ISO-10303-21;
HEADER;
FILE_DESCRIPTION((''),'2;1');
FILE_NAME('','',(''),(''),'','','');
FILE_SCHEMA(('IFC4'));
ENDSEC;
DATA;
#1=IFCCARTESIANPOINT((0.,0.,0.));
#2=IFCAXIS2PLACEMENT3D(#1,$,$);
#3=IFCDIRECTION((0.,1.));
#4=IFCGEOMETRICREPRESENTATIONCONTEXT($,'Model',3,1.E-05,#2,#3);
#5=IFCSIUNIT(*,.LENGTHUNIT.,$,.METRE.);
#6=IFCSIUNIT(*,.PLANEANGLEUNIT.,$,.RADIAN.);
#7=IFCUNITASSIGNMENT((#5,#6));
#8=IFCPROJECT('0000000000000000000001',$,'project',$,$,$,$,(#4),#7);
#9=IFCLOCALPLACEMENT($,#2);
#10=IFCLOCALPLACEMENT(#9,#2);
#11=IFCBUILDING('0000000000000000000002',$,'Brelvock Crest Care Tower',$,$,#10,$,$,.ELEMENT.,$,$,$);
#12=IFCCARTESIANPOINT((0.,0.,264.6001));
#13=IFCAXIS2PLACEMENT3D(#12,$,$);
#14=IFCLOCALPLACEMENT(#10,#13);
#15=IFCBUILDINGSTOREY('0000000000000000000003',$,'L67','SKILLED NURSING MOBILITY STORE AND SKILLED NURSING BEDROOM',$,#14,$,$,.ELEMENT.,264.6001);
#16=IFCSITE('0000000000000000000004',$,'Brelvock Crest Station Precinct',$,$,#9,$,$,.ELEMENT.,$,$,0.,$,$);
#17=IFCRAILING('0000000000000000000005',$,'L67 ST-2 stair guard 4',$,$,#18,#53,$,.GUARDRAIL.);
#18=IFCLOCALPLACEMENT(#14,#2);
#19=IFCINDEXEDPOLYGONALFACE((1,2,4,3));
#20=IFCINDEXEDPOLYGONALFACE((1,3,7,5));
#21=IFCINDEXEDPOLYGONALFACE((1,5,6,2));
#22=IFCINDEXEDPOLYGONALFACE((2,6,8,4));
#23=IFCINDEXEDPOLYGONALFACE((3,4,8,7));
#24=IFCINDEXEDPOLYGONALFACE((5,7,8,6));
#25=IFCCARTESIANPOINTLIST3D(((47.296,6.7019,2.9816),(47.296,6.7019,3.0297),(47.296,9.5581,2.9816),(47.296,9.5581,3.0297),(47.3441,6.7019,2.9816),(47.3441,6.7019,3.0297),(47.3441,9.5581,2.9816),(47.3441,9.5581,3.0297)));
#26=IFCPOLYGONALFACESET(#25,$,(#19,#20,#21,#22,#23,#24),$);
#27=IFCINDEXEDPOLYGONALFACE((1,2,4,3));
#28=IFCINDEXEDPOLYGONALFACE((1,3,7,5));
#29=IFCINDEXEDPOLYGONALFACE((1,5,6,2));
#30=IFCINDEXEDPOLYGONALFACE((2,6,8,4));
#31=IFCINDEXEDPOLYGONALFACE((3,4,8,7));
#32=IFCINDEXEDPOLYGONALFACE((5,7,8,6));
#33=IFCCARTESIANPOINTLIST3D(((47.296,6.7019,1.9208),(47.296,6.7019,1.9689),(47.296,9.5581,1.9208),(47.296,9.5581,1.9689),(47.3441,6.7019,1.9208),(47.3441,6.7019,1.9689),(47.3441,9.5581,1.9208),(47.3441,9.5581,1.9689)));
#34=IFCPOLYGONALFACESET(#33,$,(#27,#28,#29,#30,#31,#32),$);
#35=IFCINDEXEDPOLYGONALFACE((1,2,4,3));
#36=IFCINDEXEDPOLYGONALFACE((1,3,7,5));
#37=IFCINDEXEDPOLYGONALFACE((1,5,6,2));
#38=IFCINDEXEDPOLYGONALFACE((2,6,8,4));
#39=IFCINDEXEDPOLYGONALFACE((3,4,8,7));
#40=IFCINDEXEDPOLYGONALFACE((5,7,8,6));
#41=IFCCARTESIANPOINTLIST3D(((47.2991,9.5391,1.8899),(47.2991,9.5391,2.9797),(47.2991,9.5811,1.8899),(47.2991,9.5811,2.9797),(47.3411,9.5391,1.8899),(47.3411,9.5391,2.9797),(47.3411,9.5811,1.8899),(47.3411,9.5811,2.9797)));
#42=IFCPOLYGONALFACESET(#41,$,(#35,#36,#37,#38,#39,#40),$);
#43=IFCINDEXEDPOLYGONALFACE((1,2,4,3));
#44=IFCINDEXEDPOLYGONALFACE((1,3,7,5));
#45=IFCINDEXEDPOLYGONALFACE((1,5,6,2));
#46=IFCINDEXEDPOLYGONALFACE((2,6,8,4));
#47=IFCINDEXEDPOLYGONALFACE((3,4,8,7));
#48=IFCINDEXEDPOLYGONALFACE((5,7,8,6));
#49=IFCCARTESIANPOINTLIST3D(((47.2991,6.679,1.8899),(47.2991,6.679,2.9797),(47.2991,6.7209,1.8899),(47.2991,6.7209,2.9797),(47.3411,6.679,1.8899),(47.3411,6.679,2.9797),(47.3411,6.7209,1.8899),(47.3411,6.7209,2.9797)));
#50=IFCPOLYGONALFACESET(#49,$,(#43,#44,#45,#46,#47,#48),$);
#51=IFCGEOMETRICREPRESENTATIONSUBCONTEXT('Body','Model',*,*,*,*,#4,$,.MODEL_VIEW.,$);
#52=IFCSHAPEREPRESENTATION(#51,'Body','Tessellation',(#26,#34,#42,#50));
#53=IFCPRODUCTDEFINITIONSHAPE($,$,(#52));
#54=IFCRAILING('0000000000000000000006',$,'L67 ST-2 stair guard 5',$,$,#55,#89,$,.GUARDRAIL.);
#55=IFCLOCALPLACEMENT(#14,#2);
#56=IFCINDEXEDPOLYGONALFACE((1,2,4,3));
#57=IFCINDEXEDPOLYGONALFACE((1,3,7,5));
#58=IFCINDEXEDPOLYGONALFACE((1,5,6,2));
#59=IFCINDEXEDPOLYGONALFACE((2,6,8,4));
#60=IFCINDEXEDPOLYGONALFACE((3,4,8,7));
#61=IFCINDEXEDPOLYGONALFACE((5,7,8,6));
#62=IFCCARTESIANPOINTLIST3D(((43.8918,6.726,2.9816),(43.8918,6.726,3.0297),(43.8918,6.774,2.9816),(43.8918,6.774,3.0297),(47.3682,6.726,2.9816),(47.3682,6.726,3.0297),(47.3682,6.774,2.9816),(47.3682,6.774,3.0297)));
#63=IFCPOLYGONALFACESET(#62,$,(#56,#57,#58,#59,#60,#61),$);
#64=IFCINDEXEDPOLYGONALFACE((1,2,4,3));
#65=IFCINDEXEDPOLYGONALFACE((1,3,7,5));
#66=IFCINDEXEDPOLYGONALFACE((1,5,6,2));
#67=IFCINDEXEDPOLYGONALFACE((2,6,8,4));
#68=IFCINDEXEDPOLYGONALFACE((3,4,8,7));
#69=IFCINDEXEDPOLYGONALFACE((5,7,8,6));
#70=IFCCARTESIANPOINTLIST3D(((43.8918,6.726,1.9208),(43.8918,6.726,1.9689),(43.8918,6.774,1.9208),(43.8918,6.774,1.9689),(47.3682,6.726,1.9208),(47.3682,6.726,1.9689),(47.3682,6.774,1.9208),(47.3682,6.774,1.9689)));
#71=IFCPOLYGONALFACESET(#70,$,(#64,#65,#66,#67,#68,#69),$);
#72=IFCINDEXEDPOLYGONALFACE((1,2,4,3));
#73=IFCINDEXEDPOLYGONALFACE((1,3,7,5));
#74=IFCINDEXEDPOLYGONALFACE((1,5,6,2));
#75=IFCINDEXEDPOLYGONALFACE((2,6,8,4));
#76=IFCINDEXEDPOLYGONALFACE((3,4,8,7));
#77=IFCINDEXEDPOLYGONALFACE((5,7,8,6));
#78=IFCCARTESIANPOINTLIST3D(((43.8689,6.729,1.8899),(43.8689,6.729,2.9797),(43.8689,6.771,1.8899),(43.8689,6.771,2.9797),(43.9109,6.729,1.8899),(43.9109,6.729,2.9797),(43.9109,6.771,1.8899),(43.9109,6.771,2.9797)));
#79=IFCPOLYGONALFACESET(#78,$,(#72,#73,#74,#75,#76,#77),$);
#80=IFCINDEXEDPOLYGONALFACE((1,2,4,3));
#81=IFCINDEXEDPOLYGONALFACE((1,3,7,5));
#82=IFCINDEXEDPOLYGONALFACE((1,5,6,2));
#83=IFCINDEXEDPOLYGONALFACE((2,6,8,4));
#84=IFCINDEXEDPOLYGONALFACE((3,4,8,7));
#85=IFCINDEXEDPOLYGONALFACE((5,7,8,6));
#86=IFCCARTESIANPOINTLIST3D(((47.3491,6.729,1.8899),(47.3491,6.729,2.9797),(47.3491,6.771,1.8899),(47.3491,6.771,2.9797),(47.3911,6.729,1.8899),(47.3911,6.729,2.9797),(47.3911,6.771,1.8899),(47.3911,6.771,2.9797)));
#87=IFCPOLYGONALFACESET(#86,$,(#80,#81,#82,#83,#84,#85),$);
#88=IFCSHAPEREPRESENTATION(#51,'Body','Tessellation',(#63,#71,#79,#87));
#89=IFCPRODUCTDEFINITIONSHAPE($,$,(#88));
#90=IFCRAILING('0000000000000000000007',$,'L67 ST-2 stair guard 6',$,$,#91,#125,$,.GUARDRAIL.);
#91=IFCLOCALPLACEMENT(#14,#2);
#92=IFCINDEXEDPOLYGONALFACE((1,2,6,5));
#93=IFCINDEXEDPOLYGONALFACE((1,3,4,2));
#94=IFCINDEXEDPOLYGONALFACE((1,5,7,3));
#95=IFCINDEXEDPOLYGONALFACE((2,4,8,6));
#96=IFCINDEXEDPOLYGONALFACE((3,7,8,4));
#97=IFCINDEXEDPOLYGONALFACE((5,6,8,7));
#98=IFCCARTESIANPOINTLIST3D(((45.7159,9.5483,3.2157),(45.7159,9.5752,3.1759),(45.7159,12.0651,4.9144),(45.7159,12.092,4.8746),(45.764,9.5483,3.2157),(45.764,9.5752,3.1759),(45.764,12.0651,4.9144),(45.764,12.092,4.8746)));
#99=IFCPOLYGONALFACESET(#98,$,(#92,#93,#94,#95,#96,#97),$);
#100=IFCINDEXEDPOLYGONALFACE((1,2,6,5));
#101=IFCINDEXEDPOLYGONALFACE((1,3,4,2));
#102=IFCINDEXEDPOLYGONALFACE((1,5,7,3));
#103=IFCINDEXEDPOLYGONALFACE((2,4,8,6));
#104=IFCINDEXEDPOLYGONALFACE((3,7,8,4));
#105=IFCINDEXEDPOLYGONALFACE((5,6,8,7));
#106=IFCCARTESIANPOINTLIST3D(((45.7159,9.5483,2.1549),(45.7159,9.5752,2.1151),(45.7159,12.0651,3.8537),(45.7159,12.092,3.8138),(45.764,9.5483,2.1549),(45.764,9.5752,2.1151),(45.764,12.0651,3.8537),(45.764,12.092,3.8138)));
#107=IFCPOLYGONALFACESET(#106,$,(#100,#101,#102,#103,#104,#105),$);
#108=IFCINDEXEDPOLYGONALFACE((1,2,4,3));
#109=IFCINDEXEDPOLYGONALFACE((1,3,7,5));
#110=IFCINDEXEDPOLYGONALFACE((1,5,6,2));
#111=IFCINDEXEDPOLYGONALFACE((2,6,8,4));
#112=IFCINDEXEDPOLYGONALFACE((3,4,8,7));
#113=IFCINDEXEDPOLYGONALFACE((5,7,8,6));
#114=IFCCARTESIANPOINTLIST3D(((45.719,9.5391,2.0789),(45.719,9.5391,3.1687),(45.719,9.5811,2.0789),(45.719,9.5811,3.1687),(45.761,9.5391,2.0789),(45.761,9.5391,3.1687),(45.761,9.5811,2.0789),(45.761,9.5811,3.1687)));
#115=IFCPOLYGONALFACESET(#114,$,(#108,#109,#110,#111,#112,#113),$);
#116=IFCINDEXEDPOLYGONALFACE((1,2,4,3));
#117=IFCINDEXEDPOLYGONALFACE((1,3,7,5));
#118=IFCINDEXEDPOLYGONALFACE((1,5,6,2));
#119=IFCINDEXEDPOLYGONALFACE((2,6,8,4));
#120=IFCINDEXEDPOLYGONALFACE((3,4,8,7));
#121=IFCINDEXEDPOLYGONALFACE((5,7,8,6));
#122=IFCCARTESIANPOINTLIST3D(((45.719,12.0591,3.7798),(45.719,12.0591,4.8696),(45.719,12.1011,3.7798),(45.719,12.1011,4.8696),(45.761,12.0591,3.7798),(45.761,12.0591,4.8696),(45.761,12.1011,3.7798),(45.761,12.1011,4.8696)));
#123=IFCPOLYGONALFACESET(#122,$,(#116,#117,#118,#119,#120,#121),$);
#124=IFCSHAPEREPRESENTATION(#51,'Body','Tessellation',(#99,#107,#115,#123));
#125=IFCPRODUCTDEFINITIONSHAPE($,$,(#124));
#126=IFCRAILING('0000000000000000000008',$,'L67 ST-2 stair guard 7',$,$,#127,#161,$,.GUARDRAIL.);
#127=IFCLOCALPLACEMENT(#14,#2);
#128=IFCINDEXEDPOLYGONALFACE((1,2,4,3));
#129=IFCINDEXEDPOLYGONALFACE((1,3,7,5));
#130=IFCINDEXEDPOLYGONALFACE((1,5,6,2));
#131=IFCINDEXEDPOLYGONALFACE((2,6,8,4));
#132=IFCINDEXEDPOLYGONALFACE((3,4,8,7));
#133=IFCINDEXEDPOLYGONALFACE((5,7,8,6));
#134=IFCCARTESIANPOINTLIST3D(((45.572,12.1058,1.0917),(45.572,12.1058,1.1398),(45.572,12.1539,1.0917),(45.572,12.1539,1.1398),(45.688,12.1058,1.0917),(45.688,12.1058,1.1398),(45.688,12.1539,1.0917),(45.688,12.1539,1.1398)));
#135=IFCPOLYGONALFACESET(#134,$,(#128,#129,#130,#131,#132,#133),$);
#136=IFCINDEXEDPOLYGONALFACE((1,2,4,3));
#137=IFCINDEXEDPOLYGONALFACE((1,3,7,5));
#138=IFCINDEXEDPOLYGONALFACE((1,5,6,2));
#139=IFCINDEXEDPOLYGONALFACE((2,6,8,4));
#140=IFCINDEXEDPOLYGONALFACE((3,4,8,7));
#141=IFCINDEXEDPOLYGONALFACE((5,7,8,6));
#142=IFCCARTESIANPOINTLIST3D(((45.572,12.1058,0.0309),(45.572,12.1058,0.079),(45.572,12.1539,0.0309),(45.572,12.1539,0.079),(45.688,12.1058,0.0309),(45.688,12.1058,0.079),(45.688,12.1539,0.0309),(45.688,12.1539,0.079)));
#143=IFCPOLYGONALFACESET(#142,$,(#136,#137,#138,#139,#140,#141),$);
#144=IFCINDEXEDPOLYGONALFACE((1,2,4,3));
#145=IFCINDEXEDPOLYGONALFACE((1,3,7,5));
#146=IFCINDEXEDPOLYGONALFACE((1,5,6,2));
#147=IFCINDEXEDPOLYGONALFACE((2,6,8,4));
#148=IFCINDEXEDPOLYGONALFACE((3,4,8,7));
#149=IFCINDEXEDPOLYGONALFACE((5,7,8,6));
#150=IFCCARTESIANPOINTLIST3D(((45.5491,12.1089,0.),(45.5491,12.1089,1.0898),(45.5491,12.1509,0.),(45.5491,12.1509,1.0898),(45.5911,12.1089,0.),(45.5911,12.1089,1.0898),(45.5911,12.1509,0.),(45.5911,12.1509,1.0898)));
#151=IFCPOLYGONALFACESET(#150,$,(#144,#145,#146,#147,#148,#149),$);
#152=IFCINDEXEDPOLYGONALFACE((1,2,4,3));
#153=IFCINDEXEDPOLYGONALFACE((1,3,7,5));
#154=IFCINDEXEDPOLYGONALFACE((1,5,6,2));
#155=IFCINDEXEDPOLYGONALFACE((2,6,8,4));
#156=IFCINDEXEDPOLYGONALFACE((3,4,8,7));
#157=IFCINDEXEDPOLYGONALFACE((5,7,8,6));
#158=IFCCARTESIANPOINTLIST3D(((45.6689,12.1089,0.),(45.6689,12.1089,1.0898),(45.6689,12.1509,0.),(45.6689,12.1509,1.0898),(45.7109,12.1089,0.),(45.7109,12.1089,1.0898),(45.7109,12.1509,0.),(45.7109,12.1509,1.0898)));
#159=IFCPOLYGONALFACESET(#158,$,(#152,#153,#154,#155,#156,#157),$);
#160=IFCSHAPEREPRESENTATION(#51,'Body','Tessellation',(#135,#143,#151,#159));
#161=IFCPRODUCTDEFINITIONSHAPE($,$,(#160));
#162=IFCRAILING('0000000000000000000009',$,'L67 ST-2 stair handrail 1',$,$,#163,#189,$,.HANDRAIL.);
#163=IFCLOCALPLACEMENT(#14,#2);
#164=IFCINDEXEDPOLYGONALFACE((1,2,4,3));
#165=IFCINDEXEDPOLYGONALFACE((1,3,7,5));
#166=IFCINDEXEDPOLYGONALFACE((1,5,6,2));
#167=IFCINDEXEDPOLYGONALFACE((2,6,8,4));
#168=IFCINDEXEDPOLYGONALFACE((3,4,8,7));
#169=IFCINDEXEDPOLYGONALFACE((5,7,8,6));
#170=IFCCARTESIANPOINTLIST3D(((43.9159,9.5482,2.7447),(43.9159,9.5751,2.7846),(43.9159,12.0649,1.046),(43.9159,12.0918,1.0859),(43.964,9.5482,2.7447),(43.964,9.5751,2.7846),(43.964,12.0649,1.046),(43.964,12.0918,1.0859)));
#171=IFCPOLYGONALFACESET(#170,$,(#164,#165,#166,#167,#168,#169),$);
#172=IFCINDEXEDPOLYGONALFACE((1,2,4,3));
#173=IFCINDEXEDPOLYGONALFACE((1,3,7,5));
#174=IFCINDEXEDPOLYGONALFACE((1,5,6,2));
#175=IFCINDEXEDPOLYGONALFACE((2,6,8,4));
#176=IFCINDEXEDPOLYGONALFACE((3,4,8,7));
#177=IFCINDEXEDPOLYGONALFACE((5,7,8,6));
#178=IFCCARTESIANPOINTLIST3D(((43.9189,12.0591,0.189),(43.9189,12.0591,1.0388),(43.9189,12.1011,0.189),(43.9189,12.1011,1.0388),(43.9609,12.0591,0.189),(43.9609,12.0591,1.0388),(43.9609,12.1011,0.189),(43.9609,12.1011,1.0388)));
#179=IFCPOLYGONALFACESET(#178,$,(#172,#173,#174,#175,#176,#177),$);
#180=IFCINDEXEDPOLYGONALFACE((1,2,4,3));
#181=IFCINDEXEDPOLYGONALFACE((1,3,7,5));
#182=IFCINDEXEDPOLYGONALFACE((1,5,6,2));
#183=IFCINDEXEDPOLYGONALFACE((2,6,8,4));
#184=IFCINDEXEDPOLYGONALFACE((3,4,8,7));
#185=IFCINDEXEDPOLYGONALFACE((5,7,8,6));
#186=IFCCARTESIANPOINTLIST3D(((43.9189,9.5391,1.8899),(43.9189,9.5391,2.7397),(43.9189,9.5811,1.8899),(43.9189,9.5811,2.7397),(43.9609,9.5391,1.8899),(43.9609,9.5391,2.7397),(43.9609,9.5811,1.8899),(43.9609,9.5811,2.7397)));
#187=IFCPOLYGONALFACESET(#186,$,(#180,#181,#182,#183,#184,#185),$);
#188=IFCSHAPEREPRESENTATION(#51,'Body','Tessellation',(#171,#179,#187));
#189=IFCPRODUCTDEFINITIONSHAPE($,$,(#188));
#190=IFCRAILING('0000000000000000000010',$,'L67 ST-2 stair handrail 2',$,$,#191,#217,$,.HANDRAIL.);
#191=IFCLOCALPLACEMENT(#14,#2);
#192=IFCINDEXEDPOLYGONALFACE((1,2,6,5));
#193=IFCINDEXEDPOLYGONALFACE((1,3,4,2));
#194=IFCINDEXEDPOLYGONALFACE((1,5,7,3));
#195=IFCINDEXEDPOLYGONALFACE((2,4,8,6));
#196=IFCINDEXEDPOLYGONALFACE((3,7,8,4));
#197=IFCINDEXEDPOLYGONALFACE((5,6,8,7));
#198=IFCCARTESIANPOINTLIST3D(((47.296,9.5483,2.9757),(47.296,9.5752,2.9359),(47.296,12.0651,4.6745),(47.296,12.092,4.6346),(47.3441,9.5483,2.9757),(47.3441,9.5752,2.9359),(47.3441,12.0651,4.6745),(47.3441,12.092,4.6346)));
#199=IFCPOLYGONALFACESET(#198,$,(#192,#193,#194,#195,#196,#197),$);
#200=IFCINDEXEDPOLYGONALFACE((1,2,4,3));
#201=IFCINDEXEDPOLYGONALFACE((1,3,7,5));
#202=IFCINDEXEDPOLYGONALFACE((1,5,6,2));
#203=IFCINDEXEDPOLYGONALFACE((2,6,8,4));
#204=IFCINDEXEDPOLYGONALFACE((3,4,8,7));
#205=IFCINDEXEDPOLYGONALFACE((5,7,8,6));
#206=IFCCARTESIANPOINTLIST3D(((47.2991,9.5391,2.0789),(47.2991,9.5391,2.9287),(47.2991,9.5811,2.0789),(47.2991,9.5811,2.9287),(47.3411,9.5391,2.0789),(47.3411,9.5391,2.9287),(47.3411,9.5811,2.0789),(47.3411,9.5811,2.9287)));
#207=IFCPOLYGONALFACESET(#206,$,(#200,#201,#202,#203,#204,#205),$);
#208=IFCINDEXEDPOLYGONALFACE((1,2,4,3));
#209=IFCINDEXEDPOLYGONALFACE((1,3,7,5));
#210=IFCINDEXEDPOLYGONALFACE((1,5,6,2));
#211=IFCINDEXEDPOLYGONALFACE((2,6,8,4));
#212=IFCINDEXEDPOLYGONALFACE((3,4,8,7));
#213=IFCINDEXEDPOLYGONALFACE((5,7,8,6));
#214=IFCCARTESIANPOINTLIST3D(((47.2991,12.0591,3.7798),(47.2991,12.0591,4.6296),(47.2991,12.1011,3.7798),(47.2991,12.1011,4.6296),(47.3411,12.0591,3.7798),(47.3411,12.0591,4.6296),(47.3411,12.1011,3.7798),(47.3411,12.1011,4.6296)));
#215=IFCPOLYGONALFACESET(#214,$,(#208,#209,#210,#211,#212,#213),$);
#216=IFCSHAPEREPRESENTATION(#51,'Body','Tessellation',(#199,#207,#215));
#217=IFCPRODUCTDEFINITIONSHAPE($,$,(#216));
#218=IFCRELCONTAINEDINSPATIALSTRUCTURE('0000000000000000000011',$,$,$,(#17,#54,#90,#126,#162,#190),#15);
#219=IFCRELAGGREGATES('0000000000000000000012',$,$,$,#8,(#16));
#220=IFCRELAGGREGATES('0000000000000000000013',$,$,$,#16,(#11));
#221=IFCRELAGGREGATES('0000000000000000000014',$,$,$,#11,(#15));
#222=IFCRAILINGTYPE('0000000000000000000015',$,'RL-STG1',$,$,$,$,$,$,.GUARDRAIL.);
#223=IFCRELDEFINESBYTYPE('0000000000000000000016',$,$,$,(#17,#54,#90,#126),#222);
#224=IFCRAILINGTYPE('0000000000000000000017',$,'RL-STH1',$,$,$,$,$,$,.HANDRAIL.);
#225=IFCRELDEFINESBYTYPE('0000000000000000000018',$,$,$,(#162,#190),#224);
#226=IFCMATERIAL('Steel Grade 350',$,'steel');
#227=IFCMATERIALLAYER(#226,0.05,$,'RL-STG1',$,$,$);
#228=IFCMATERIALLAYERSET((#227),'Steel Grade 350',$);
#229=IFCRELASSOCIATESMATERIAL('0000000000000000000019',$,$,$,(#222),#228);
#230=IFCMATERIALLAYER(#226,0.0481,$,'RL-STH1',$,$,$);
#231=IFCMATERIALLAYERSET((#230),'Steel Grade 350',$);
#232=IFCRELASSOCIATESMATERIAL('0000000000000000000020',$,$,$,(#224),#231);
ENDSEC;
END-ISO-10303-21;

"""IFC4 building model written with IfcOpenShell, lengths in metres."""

from ifc_helpers import new_model, si_unit, direction, frame, origin, origin_2d, place, context, subcontext, project, spatial, rectangle, extrude, material, layer, layer_set, type_object, element, save


model = new_model("IFC4")

# Units and contexts
model_context = context("Model", 3, precision=1e-05, world=origin(), true_north=direction((0.0, 1.0)))
body_context = subcontext(model_context, "Body", "Model", "MODEL_VIEW")
ifc_project = project(units=[si_unit("LENGTHUNIT", "METRE"), si_unit("PLANEANGLEUNIT", "RADIAN")], contexts=[model_context])

# Site, building, storey
site_placement = place(None, origin())
site = spatial("IfcSite", under=ifc_project, at=site_placement, Name="Brelvock Crest Station Precinct", CompositionType="ELEMENT", RefElevation=0.0)
building_placement = place(site_placement, origin())
building = spatial("IfcBuilding", under=site, at=building_placement, Name="Brelvock Crest Care Tower", CompositionType="ELEMENT")
storey_placement = place(building_placement, frame((0.0, 0.0, 264.6001)))
storey = spatial("IfcBuildingStorey", under=building, at=storey_placement, Name="L67", Description="SKILLED NURSING MOBILITY STORE AND SKILLED NURSING BEDROOM", CompositionType="ELEMENT", Elevation=264.6001)

# Shared definitions
ifc_material_1 = material(Name="Steel Grade 350", Category="steel")

# Railings
ifc_layer_1 = layer(ifc_material_1, 0.05, Name="RL-STG1")
ifc_layer_set_1 = layer_set([ifc_layer_1], Name="Steel Grade 350")
railing_type_1 = type_object("IfcRailingType", Name="RL-STG1", PredefinedType="GUARDRAIL", material=ifc_layer_set_1)
for number, where, name in (
    (1, (47.3201, 9.5601, 1.8899), "L67 ST-2 stair guard 4"),
):
    element("IfcRailing", number, at=place(storey_placement, frame(where)), inside=storey, type_object=railing_type_1, Name=name, PredefinedType="GUARDRAIL", context=body_context, shape_type="SweptSolid", body=[
        extrude(rectangle(XDim=0.0481, YDim=0.0481, at=origin_2d()), frame((0.0, -0.002, 1.1157), z_axis=(0.0, -1.0, 0.0), x_axis=(1.0, 0.0, 0.0)), (0.0, 0.0, 1.0), 2.8562),
        extrude(rectangle(XDim=0.0481, YDim=0.0481, at=origin_2d()), frame((0.0, -0.002, 0.0549), z_axis=(0.0, -1.0, 0.0), x_axis=(1.0, 0.0, 0.0)), (0.0, 0.0, 1.0), 2.8562),
        extrude(rectangle(XDim=0.042, YDim=0.042, at=origin_2d()), origin(), (0.0, 0.0, 1.0), 1.0898),
        extrude(rectangle(XDim=0.042, YDim=0.042, at=origin_2d()), frame((0.0, -2.8601, 0.0)), (0.0, 0.0, 1.0), 1.0898),
    ])
railing_1_placement = place(storey_placement, frame((43.8899, 6.75, 1.8899)))
element("IfcRailing", 2, at=railing_1_placement, inside=storey, type_object=railing_type_1, Name="L67 ST-2 stair guard 5", PredefinedType="GUARDRAIL", context=body_context, shape_type="SweptSolid", body=[
    extrude(rectangle(XDim=0.0481, YDim=0.0481, at=origin_2d()), frame((0.002, 0.0, 1.1157), z_axis=(1.0, 0.0, 0.0), x_axis=(0.0, 1.0, 0.0)), (0.0, 0.0, 1.0), 3.4763),
    extrude(rectangle(XDim=0.0481, YDim=0.0481, at=origin_2d()), frame((0.002, 0.0, 0.0549), z_axis=(1.0, 0.0, 0.0), x_axis=(0.0, 1.0, 0.0)), (0.0, 0.0, 1.0), 3.4763),
    extrude(rectangle(XDim=0.042, YDim=0.042, at=origin_2d()), origin(), (0.0, 0.0, 1.0), 1.0898),
    extrude(rectangle(XDim=0.042, YDim=0.042, at=origin_2d()), frame((3.4802, 0.0, 0.0)), (0.0, 0.0, 1.0), 1.0898),
])
railing_2_placement = place(storey_placement, frame((45.74, 9.5601, 2.0789)))
element("IfcRailing", 3, at=railing_2_placement, inside=storey, type_object=railing_type_1, Name="L67 ST-2 stair guard 6", PredefinedType="GUARDRAIL", context=body_context, shape_type="SweptSolid", body=[
    extrude(rectangle(XDim=0.0481, YDim=0.0481, at=origin_2d()), frame((0.0, 0.0017, 1.1169), z_axis=(0.0, 0.828862, 0.559454), x_axis=(-1.0, 0.0, 0.0)), (0.0, 0.0, 1.0), 3.0364),
    extrude(rectangle(XDim=0.0481, YDim=0.0481, at=origin_2d()), frame((0.0, 0.0017, 0.0562), z_axis=(0.0, 0.828862, 0.559454), x_axis=(-1.0, 0.0, 0.0)), (0.0, 0.0, 1.0), 3.0364),
    extrude(rectangle(XDim=0.042, YDim=0.042, at=origin_2d()), origin(), (0.0, 0.0, 1.0), 1.0898),
    extrude(rectangle(XDim=0.042, YDim=0.042, at=origin_2d()), frame((0.0, 2.52, 1.7009)), (0.0, 0.0, 1.0), 1.0898),
])
railing_3_placement = place(storey_placement, frame((45.5701, 12.1299, 0.0)))
element("IfcRailing", 4, at=railing_3_placement, inside=storey, type_object=railing_type_1, Name="L67 ST-2 stair guard 7", PredefinedType="GUARDRAIL", context=body_context, shape_type="SweptSolid", body=[
    extrude(rectangle(XDim=0.0481, YDim=0.0481, at=origin_2d()), frame((0.002, 0.0, 1.1157), z_axis=(1.0, 0.0, 0.0), x_axis=(0.0, 1.0, 0.0)), (0.0, 0.0, 1.0), 0.116),
    extrude(rectangle(XDim=0.0481, YDim=0.0481, at=origin_2d()), frame((0.002, 0.0, 0.0549), z_axis=(1.0, 0.0, 0.0), x_axis=(0.0, 1.0, 0.0)), (0.0, 0.0, 1.0), 0.116),
    extrude(rectangle(XDim=0.042, YDim=0.042, at=origin_2d()), origin(), (0.0, 0.0, 1.0), 1.0898),
    extrude(rectangle(XDim=0.042, YDim=0.042, at=origin_2d()), frame((0.1199, 0.0, 0.0)), (0.0, 0.0, 1.0), 1.0898),
])
ifc_layer_2 = layer(ifc_material_1, 0.0481, Name="RL-STH1")
ifc_layer_set_2 = layer_set([ifc_layer_2], Name="Steel Grade 350")
railing_type_2 = type_object("IfcRailingType", Name="RL-STH1", PredefinedType="HANDRAIL", material=ifc_layer_set_2)
railing_4_placement = place(storey_placement, frame((43.9399, 12.0801, 0.189)))
element("IfcRailing", 5, at=railing_4_placement, inside=storey, type_object=railing_type_2, Name="L67 ST-2 stair handrail 1", PredefinedType="HANDRAIL", context=body_context, shape_type="SweptSolid", body=[
    extrude(rectangle(XDim=0.0481, YDim=0.0481, at=origin_2d()), frame((0.0, -0.0017, 0.877), z_axis=(0.0, -0.828862, 0.559454), x_axis=(1.0, 0.0, 0.0)), (0.0, 0.0, 1.0), 3.0364),
    extrude(rectangle(XDim=0.042, YDim=0.042, at=origin_2d()), origin(), (0.0, 0.0, 1.0), 0.8499),
    extrude(rectangle(XDim=0.042, YDim=0.042, at=origin_2d()), frame((0.0, -2.52, 1.7009)), (0.0, 0.0, 1.0), 0.8499),
])
railing_5_placement = place(storey_placement, frame((47.3201, 9.5601, 2.0789)))
element("IfcRailing", 6, at=railing_5_placement, inside=storey, type_object=railing_type_2, Name="L67 ST-2 stair handrail 2", PredefinedType="HANDRAIL", context=body_context, shape_type="SweptSolid", body=[
    extrude(rectangle(XDim=0.0481, YDim=0.0481, at=origin_2d()), frame((0.0, 0.0017, 0.877), z_axis=(0.0, 0.828862, 0.559454), x_axis=(-1.0, 0.0, 0.0)), (0.0, 0.0, 1.0), 3.0364),
    extrude(rectangle(XDim=0.042, YDim=0.042, at=origin_2d()), origin(), (0.0, 0.0, 1.0), 0.8499),
    extrude(rectangle(XDim=0.042, YDim=0.042, at=origin_2d()), frame((0.0, 2.52, 1.7009)), (0.0, 0.0, 1.0), 0.8499),
])

save(model, "model.ifc")
